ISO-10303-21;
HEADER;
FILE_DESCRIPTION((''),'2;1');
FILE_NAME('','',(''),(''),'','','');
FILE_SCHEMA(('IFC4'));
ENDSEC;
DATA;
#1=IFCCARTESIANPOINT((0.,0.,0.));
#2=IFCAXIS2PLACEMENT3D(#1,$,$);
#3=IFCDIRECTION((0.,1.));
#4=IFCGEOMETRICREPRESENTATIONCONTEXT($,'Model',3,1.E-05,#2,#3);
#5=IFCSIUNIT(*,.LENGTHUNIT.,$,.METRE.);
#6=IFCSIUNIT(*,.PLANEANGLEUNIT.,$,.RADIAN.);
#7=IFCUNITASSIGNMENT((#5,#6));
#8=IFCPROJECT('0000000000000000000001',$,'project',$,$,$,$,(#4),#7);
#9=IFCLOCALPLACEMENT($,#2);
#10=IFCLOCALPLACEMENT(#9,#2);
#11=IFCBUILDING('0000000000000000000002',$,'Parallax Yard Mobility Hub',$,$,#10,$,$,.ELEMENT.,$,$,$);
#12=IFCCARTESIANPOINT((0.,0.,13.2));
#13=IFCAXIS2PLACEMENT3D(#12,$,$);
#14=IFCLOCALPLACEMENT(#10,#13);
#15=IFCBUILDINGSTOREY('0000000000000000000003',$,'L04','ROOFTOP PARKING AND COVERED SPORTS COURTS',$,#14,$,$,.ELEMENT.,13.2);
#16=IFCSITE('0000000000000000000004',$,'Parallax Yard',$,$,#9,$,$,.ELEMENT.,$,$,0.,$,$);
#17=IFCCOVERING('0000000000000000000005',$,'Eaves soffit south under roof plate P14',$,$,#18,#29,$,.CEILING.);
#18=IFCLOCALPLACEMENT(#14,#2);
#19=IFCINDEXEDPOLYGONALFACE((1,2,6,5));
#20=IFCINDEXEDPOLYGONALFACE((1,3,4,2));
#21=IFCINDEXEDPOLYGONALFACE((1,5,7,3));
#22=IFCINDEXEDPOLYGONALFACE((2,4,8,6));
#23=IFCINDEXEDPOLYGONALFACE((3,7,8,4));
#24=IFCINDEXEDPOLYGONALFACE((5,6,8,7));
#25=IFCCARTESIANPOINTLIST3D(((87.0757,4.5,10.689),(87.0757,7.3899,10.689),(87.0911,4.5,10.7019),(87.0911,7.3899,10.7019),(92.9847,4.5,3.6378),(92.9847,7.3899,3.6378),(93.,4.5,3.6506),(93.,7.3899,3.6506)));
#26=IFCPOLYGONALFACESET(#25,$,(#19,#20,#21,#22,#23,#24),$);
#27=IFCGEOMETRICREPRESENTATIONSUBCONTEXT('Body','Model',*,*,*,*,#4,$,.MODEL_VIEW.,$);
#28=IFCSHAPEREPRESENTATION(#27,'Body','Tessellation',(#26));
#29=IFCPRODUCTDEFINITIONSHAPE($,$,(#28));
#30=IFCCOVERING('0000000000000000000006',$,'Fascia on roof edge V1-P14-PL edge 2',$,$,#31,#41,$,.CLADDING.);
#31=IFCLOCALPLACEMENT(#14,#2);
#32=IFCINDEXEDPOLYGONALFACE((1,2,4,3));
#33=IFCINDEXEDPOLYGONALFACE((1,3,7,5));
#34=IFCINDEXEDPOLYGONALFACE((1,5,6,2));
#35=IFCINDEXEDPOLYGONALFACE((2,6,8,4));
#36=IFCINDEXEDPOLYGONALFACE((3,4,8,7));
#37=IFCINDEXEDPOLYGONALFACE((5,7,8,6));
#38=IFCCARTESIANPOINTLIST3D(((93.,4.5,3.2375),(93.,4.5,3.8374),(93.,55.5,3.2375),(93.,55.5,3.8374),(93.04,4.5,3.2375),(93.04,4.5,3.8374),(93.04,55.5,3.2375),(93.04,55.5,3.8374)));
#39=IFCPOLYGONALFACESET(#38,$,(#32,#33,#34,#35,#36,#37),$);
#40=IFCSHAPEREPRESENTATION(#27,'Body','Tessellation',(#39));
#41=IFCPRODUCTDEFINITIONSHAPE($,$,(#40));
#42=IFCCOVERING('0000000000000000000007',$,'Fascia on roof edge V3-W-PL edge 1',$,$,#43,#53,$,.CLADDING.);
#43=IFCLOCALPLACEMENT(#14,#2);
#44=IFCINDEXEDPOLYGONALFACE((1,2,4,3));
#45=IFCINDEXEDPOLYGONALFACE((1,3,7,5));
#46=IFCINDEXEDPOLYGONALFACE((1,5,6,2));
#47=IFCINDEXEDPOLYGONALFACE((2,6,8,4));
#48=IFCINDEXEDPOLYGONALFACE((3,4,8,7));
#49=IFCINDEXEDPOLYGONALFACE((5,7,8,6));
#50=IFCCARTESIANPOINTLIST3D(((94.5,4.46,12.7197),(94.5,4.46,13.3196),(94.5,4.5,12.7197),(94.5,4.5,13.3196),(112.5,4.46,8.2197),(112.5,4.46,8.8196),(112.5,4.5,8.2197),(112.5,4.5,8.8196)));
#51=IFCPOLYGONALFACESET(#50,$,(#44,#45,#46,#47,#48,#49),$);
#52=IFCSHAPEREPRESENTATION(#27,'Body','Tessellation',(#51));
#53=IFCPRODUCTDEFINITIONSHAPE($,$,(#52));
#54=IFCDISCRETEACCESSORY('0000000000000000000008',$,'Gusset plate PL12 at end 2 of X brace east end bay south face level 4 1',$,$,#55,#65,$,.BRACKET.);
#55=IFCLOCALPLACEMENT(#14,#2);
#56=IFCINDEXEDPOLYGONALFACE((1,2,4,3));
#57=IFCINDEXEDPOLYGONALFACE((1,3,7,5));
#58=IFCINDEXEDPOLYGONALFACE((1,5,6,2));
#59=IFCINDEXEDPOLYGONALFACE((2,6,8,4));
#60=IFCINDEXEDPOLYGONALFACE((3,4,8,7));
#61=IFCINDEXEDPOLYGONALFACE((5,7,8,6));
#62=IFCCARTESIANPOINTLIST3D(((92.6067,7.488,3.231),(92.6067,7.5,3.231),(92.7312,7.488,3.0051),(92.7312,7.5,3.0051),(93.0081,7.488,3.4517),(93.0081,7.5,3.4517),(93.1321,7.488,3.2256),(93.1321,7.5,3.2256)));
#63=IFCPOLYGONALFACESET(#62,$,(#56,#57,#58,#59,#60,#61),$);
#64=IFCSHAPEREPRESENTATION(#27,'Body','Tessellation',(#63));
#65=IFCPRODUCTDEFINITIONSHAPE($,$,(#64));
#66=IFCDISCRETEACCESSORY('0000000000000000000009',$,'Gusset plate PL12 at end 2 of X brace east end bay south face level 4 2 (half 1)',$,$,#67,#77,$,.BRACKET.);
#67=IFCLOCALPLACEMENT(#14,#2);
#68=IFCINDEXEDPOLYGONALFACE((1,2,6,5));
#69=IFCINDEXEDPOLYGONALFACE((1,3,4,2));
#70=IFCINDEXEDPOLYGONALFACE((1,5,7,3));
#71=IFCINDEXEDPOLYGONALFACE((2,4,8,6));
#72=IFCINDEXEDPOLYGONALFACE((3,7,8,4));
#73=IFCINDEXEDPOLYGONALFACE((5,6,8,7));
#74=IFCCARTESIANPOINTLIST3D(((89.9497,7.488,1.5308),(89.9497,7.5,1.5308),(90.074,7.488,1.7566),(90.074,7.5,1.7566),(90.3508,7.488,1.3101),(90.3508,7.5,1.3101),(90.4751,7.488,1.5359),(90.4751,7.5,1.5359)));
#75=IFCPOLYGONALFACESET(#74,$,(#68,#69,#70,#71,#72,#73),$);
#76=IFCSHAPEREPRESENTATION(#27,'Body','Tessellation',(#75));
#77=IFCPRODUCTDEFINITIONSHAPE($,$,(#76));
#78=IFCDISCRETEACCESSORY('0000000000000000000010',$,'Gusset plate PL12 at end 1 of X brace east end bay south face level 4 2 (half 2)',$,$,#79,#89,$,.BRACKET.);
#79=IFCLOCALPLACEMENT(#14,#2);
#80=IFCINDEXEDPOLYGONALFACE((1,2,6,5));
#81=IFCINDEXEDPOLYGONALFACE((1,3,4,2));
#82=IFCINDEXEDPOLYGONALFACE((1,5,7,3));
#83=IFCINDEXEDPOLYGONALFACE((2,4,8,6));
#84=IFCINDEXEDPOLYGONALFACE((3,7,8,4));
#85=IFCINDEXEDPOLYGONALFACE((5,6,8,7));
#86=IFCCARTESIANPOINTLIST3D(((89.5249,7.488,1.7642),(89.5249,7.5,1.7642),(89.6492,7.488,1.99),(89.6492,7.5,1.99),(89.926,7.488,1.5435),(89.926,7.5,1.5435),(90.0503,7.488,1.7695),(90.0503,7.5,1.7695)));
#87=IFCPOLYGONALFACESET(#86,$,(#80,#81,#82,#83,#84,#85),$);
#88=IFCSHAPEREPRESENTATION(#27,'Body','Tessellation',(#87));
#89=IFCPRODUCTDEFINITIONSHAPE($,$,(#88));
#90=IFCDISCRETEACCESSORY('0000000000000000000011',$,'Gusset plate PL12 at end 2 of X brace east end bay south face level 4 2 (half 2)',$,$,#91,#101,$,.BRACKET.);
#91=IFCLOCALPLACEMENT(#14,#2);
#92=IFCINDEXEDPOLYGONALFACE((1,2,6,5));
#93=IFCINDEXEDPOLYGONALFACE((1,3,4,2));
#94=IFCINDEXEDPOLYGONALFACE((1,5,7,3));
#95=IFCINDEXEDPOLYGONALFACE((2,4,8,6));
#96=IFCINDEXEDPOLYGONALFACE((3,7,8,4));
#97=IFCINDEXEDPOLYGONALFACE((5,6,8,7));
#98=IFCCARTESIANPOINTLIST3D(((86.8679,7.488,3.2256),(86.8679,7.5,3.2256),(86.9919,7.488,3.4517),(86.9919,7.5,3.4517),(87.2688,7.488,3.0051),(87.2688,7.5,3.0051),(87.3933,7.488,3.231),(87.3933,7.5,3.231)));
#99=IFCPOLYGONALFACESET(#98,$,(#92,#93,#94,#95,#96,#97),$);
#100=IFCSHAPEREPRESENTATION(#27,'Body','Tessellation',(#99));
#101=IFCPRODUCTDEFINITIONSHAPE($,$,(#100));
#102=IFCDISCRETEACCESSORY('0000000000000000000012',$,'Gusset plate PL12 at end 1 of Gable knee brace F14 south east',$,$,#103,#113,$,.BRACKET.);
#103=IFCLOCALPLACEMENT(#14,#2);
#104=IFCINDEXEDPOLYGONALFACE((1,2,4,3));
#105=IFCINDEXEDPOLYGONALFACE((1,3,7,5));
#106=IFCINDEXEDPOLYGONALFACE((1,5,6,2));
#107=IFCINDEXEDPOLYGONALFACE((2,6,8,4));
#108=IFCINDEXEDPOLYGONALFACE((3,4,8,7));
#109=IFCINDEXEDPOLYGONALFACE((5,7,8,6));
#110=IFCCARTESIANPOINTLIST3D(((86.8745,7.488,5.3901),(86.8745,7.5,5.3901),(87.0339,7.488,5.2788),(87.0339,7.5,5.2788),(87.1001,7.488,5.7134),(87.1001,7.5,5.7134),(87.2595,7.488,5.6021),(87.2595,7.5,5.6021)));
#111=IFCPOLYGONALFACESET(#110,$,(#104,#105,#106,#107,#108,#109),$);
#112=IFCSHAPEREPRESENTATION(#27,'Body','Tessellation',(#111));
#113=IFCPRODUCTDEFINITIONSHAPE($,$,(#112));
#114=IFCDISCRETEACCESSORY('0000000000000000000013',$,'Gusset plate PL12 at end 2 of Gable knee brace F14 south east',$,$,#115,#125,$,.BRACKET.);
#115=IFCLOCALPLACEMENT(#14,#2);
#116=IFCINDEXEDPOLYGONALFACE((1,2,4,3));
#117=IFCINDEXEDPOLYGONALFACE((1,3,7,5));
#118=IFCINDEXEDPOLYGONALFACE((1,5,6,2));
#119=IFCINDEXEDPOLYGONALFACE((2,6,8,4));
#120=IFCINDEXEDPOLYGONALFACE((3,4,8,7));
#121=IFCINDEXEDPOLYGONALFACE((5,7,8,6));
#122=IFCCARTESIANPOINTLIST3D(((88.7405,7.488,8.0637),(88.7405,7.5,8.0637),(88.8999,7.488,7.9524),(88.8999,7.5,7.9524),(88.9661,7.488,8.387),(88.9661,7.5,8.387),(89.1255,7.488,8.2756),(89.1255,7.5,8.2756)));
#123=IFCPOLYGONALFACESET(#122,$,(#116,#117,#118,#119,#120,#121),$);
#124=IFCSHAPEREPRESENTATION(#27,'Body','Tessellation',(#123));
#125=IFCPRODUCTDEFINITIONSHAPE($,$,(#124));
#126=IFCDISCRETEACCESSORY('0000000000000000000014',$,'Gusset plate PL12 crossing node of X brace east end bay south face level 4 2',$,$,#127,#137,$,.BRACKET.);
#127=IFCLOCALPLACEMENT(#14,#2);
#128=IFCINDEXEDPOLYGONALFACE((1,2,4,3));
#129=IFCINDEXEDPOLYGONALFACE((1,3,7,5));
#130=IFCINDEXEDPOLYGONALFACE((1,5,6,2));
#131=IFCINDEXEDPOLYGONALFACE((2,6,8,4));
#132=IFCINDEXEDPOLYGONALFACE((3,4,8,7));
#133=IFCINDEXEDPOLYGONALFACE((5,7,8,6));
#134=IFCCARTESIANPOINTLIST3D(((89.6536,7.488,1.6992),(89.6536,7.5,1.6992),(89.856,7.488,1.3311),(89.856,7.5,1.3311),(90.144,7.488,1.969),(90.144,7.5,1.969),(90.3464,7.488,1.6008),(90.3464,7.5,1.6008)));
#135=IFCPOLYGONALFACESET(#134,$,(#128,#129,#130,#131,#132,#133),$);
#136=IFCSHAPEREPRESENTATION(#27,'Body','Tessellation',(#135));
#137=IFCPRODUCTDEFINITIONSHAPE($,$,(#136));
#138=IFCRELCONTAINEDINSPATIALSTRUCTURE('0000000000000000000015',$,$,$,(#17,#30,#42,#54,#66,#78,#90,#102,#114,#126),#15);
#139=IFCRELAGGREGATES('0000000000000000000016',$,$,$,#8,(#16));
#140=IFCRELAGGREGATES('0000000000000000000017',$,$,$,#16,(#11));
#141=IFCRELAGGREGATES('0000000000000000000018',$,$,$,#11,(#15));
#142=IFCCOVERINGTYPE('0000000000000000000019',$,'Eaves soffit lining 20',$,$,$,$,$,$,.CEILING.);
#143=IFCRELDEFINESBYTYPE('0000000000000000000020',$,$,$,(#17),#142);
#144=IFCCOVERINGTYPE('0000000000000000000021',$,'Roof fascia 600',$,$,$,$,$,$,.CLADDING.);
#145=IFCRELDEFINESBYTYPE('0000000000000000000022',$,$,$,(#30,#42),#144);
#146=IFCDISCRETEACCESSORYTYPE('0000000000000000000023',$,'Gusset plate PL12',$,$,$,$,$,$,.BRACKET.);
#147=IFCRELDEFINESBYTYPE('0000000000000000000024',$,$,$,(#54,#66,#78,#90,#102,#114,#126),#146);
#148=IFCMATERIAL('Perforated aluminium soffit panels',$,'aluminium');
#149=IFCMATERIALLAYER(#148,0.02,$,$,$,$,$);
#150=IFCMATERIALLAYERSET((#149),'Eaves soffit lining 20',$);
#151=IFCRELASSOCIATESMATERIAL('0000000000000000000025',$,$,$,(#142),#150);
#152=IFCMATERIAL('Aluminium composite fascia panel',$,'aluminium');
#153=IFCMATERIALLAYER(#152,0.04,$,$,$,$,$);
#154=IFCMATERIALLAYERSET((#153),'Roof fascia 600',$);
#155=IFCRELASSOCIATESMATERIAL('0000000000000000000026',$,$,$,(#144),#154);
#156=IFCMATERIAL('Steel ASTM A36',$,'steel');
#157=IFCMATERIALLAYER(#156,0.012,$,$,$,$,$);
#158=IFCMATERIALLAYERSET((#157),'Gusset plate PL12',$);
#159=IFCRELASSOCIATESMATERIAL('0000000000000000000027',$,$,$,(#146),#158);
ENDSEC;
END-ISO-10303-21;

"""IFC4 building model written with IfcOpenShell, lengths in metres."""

from ifc_helpers import new_model, si_unit, direction, frame, origin, place, context, subcontext, project, spatial, polyline, outline, extrude, material, layer, layer_set, type_object, element, save


model = new_model("IFC4")

# Units and contexts
model_context = context("Model", 3, precision=1e-05, world=origin(), true_north=direction((0.0, 1.0)))
body_context = subcontext(model_context, "Body", "Model", "MODEL_VIEW")
ifc_project = project(units=[si_unit("LENGTHUNIT", "METRE"), si_unit("PLANEANGLEUNIT", "RADIAN")], contexts=[model_context])

# Site, building, storey
site_placement = place(None, origin())
site = spatial("IfcSite", under=ifc_project, at=site_placement, Name="Parallax Yard", CompositionType="ELEMENT", RefElevation=0.0)
building_placement = place(site_placement, origin())
building = spatial("IfcBuilding", under=site, at=building_placement, Name="Parallax Yard Mobility Hub", CompositionType="ELEMENT")
storey_placement = place(building_placement, frame((0.0, 0.0, 13.2)))
storey = spatial("IfcBuildingStorey", under=building, at=storey_placement, Name="L04", Description="ROOFTOP PARKING AND COVERED SPORTS COURTS", CompositionType="ELEMENT", Elevation=13.2)

# Coverings
ifc_material_1 = material(Name="Perforated aluminium soffit panels", Category="aluminium")
ifc_layer_1 = layer(ifc_material_1, 0.02)
ifc_layer_set_1 = layer_set([ifc_layer_1], Name="Eaves soffit lining 20")
covering_type_1 = type_object("IfcCoveringType", Name="Eaves soffit lining 20", PredefinedType="CEILING", material=ifc_layer_set_1)
covering_1_placement = place(storey_placement, frame((93.0, 4.5, 3.6506), z_axis=(0.766461, 0.0, 0.642291), x_axis=(-0.642291, 0.0, 0.766461)))
element("IfcCovering", 1, at=covering_1_placement, inside=storey, type_object=covering_type_1, Name="Eaves soffit south under roof plate P14", PredefinedType="CEILING", context=body_context, shape_type="SweptSolid", body=[
    extrude(outline(polyline([(0.0, 0.0), (9.1998, 0.0), (9.1998, -2.8899), (0.0, -2.8899), (0.0, 0.0)])), origin(), (0.0, 0.0, -1.0), 0.02),
])
ifc_material_2 = material(Name="Aluminium composite fascia panel", Category="aluminium")
ifc_layer_2 = layer(ifc_material_2, 0.04)
ifc_layer_set_2 = layer_set([ifc_layer_2], Name="Roof fascia 600")
covering_type_2 = type_object("IfcCoveringType", Name="Roof fascia 600", PredefinedType="CLADDING", material=ifc_layer_set_2)
covering_2_placement = place(storey_placement, frame((93.0, 4.5, 3.8374), z_axis=(-1.0, 0.0, 0.0), x_axis=(0.0, 1.0, 0.0)))
element("IfcCovering", 2, at=covering_2_placement, inside=storey, type_object=covering_type_2, Name="Fascia on roof edge V1-P14-PL edge 2", PredefinedType="CLADDING", context=body_context, shape_type="SweptSolid", body=[
    extrude(outline(polyline([(0.0, 0.0), (51.0, 0.0), (51.0, 0.5999), (0.0, 0.5999), (0.0, 0.0)])), origin(), (0.0, 0.0, -1.0), 0.04),
])
covering_3_placement = place(storey_placement, frame((94.5, 4.5, 13.3196), z_axis=(0.0, 1.0, 0.0), x_axis=(0.970143, 0.0, -0.242536)))
element("IfcCovering", 3, at=covering_3_placement, inside=storey, type_object=covering_type_2, Name="Fascia on roof edge V3-W-PL edge 1", PredefinedType="CLADDING", context=body_context, shape_type="SweptSolid", body=[
    extrude(outline(polyline([(0.0, 0.0), (18.554, 0.0), (18.6995, 0.5819), (0.1455, 0.5819), (0.0, 0.0)])), origin(), (0.0, 0.0, -1.0), 0.04),
])

# Discrete accessories
ifc_material_3 = material(Name="Steel ASTM A36", Category="steel")
ifc_layer_3 = layer(ifc_material_3, 0.012)
ifc_layer_set_3 = layer_set([ifc_layer_3], Name="Gusset plate PL12")
discrete_accessory_type = type_object("IfcDiscreteAccessoryType", Name="Gusset plate PL12", PredefinedType="BRACKET", material=ifc_layer_set_3)
discrete_accessory_1_placement = place(storey_placement, frame((92.6067, 7.5, 3.231), z_axis=(0.0, 1.0, 0.0), x_axis=(0.876261, 0.0, 0.481837)))
element("IfcDiscreteAccessory", 4, at=discrete_accessory_1_placement, inside=storey, type_object=discrete_accessory_type, Name="Gusset plate PL12 at end 2 of X brace east end bay south face level 4 1", PredefinedType="BRACKET", context=body_context, shape_type="SweptSolid", body=[
    extrude(outline(polyline([(0.0, 0.0), (0.458, 0.0), (0.4578, 0.2579), (0.0003, 0.2579), (0.0, 0.0)])), origin(), (0.0, 0.0, -1.0), 0.012),
])
discrete_accessory_2_placement = place(storey_placement, frame((90.3508, 7.5, 1.3101), z_axis=(0.0, 1.0, 0.0), x_axis=(-0.876137, 0.0, 0.482062)))
element("IfcDiscreteAccessory", 5, at=discrete_accessory_2_placement, inside=storey, type_object=discrete_accessory_type, Name="Gusset plate PL12 at end 2 of X brace east end bay south face level 4 2 (half 1)", PredefinedType="BRACKET", context=body_context, shape_type="SweptSolid", body=[
    extrude(outline(polyline([(0.0, 0.0), (0.4578, 0.0), (0.4578, 0.2578), (0.0, 0.2578), (0.0, 0.0)])), origin(), (0.0, 0.0, -1.0), 0.012),
])
discrete_accessory_3_placement = place(storey_placement, frame((89.6492, 7.5, 1.99), z_axis=(0.0, 1.0, 0.0), x_axis=(0.876362, 0.0, -0.481653)))
element("IfcDiscreteAccessory", 6, at=discrete_accessory_3_placement, inside=storey, type_object=discrete_accessory_type, Name="Gusset plate PL12 at end 1 of X brace east end bay south face level 4 2 (half 2)", PredefinedType="BRACKET", context=body_context, shape_type="SweptSolid", body=[
    extrude(outline(polyline([(0.0, 0.0), (0.4577, 0.0), (0.4577, 0.258), (-0.0001, 0.2578), (0.0, 0.0)])), origin(), (0.0, 0.0, -1.0), 0.012),
])
discrete_accessory_4_placement = place(storey_placement, frame((87.2688, 7.5, 3.0051), z_axis=(0.0, 1.0, 0.0), x_axis=(-0.876238, 0.0, 0.481878)))
element("IfcDiscreteAccessory", 7, at=discrete_accessory_4_placement, inside=storey, type_object=discrete_accessory_type, Name="Gusset plate PL12 at end 2 of X brace east end bay south face level 4 2 (half 2)", PredefinedType="BRACKET", context=body_context, shape_type="SweptSolid", body=[
    extrude(outline(polyline([(0.0, 0.0), (0.4575, 0.0), (0.4578, 0.2579), (-0.0003, 0.2579), (0.0, 0.0)])), origin(), (0.0, 0.0, -1.0), 0.012),
])
for number, where, z_axis, x_axis, name in (
    (8, (87.2595, 7.5, 5.6021), (0.0, 1.0, 0.0), (-0.572298, 0.0, -0.820046), "Gusset plate PL12 at end 1 of Gable knee brace F14 south east"),
    (9, (88.7405, 7.5, 8.0637), (0.0, 1.0, 0.0), (0.572298, 0.0, 0.820046), "Gusset plate PL12 at end 2 of Gable knee brace F14 south east"),
):
    element("IfcDiscreteAccessory", number, at=place(storey_placement, frame(where, z_axis=z_axis, x_axis=x_axis)), inside=storey, type_object=discrete_accessory_type, Name=name, PredefinedType="BRACKET", context=body_context, shape_type="SweptSolid", body=[
        extrude(outline(polyline([(0.0, 0.0), (0.3942, 0.0), (0.3941, 0.1944), (-0.0001, 0.1944), (0.0, 0.0)])), origin(), (0.0, 0.0, -1.0), 0.012),
    ])
discrete_accessory_5_placement = place(storey_placement, frame((89.6536, 7.5, 1.6992), z_axis=(0.0, 1.0, 0.0), x_axis=(0.876207, 0.0, 0.481935)))
element("IfcDiscreteAccessory", 10, at=discrete_accessory_5_placement, inside=storey, type_object=discrete_accessory_type, Name="Gusset plate PL12 crossing node of X brace east end bay south face level 4 2", PredefinedType="BRACKET", context=body_context, shape_type="SweptSolid", body=[
    extrude(outline(polyline([(0.0, 0.0), (0.5598, 0.0), (0.5597, 0.4201), (-0.0001, 0.4201), (0.0, 0.0)])), origin(), (0.0, 0.0, -1.0), 0.012),
])

save(model, "model.ifc")
